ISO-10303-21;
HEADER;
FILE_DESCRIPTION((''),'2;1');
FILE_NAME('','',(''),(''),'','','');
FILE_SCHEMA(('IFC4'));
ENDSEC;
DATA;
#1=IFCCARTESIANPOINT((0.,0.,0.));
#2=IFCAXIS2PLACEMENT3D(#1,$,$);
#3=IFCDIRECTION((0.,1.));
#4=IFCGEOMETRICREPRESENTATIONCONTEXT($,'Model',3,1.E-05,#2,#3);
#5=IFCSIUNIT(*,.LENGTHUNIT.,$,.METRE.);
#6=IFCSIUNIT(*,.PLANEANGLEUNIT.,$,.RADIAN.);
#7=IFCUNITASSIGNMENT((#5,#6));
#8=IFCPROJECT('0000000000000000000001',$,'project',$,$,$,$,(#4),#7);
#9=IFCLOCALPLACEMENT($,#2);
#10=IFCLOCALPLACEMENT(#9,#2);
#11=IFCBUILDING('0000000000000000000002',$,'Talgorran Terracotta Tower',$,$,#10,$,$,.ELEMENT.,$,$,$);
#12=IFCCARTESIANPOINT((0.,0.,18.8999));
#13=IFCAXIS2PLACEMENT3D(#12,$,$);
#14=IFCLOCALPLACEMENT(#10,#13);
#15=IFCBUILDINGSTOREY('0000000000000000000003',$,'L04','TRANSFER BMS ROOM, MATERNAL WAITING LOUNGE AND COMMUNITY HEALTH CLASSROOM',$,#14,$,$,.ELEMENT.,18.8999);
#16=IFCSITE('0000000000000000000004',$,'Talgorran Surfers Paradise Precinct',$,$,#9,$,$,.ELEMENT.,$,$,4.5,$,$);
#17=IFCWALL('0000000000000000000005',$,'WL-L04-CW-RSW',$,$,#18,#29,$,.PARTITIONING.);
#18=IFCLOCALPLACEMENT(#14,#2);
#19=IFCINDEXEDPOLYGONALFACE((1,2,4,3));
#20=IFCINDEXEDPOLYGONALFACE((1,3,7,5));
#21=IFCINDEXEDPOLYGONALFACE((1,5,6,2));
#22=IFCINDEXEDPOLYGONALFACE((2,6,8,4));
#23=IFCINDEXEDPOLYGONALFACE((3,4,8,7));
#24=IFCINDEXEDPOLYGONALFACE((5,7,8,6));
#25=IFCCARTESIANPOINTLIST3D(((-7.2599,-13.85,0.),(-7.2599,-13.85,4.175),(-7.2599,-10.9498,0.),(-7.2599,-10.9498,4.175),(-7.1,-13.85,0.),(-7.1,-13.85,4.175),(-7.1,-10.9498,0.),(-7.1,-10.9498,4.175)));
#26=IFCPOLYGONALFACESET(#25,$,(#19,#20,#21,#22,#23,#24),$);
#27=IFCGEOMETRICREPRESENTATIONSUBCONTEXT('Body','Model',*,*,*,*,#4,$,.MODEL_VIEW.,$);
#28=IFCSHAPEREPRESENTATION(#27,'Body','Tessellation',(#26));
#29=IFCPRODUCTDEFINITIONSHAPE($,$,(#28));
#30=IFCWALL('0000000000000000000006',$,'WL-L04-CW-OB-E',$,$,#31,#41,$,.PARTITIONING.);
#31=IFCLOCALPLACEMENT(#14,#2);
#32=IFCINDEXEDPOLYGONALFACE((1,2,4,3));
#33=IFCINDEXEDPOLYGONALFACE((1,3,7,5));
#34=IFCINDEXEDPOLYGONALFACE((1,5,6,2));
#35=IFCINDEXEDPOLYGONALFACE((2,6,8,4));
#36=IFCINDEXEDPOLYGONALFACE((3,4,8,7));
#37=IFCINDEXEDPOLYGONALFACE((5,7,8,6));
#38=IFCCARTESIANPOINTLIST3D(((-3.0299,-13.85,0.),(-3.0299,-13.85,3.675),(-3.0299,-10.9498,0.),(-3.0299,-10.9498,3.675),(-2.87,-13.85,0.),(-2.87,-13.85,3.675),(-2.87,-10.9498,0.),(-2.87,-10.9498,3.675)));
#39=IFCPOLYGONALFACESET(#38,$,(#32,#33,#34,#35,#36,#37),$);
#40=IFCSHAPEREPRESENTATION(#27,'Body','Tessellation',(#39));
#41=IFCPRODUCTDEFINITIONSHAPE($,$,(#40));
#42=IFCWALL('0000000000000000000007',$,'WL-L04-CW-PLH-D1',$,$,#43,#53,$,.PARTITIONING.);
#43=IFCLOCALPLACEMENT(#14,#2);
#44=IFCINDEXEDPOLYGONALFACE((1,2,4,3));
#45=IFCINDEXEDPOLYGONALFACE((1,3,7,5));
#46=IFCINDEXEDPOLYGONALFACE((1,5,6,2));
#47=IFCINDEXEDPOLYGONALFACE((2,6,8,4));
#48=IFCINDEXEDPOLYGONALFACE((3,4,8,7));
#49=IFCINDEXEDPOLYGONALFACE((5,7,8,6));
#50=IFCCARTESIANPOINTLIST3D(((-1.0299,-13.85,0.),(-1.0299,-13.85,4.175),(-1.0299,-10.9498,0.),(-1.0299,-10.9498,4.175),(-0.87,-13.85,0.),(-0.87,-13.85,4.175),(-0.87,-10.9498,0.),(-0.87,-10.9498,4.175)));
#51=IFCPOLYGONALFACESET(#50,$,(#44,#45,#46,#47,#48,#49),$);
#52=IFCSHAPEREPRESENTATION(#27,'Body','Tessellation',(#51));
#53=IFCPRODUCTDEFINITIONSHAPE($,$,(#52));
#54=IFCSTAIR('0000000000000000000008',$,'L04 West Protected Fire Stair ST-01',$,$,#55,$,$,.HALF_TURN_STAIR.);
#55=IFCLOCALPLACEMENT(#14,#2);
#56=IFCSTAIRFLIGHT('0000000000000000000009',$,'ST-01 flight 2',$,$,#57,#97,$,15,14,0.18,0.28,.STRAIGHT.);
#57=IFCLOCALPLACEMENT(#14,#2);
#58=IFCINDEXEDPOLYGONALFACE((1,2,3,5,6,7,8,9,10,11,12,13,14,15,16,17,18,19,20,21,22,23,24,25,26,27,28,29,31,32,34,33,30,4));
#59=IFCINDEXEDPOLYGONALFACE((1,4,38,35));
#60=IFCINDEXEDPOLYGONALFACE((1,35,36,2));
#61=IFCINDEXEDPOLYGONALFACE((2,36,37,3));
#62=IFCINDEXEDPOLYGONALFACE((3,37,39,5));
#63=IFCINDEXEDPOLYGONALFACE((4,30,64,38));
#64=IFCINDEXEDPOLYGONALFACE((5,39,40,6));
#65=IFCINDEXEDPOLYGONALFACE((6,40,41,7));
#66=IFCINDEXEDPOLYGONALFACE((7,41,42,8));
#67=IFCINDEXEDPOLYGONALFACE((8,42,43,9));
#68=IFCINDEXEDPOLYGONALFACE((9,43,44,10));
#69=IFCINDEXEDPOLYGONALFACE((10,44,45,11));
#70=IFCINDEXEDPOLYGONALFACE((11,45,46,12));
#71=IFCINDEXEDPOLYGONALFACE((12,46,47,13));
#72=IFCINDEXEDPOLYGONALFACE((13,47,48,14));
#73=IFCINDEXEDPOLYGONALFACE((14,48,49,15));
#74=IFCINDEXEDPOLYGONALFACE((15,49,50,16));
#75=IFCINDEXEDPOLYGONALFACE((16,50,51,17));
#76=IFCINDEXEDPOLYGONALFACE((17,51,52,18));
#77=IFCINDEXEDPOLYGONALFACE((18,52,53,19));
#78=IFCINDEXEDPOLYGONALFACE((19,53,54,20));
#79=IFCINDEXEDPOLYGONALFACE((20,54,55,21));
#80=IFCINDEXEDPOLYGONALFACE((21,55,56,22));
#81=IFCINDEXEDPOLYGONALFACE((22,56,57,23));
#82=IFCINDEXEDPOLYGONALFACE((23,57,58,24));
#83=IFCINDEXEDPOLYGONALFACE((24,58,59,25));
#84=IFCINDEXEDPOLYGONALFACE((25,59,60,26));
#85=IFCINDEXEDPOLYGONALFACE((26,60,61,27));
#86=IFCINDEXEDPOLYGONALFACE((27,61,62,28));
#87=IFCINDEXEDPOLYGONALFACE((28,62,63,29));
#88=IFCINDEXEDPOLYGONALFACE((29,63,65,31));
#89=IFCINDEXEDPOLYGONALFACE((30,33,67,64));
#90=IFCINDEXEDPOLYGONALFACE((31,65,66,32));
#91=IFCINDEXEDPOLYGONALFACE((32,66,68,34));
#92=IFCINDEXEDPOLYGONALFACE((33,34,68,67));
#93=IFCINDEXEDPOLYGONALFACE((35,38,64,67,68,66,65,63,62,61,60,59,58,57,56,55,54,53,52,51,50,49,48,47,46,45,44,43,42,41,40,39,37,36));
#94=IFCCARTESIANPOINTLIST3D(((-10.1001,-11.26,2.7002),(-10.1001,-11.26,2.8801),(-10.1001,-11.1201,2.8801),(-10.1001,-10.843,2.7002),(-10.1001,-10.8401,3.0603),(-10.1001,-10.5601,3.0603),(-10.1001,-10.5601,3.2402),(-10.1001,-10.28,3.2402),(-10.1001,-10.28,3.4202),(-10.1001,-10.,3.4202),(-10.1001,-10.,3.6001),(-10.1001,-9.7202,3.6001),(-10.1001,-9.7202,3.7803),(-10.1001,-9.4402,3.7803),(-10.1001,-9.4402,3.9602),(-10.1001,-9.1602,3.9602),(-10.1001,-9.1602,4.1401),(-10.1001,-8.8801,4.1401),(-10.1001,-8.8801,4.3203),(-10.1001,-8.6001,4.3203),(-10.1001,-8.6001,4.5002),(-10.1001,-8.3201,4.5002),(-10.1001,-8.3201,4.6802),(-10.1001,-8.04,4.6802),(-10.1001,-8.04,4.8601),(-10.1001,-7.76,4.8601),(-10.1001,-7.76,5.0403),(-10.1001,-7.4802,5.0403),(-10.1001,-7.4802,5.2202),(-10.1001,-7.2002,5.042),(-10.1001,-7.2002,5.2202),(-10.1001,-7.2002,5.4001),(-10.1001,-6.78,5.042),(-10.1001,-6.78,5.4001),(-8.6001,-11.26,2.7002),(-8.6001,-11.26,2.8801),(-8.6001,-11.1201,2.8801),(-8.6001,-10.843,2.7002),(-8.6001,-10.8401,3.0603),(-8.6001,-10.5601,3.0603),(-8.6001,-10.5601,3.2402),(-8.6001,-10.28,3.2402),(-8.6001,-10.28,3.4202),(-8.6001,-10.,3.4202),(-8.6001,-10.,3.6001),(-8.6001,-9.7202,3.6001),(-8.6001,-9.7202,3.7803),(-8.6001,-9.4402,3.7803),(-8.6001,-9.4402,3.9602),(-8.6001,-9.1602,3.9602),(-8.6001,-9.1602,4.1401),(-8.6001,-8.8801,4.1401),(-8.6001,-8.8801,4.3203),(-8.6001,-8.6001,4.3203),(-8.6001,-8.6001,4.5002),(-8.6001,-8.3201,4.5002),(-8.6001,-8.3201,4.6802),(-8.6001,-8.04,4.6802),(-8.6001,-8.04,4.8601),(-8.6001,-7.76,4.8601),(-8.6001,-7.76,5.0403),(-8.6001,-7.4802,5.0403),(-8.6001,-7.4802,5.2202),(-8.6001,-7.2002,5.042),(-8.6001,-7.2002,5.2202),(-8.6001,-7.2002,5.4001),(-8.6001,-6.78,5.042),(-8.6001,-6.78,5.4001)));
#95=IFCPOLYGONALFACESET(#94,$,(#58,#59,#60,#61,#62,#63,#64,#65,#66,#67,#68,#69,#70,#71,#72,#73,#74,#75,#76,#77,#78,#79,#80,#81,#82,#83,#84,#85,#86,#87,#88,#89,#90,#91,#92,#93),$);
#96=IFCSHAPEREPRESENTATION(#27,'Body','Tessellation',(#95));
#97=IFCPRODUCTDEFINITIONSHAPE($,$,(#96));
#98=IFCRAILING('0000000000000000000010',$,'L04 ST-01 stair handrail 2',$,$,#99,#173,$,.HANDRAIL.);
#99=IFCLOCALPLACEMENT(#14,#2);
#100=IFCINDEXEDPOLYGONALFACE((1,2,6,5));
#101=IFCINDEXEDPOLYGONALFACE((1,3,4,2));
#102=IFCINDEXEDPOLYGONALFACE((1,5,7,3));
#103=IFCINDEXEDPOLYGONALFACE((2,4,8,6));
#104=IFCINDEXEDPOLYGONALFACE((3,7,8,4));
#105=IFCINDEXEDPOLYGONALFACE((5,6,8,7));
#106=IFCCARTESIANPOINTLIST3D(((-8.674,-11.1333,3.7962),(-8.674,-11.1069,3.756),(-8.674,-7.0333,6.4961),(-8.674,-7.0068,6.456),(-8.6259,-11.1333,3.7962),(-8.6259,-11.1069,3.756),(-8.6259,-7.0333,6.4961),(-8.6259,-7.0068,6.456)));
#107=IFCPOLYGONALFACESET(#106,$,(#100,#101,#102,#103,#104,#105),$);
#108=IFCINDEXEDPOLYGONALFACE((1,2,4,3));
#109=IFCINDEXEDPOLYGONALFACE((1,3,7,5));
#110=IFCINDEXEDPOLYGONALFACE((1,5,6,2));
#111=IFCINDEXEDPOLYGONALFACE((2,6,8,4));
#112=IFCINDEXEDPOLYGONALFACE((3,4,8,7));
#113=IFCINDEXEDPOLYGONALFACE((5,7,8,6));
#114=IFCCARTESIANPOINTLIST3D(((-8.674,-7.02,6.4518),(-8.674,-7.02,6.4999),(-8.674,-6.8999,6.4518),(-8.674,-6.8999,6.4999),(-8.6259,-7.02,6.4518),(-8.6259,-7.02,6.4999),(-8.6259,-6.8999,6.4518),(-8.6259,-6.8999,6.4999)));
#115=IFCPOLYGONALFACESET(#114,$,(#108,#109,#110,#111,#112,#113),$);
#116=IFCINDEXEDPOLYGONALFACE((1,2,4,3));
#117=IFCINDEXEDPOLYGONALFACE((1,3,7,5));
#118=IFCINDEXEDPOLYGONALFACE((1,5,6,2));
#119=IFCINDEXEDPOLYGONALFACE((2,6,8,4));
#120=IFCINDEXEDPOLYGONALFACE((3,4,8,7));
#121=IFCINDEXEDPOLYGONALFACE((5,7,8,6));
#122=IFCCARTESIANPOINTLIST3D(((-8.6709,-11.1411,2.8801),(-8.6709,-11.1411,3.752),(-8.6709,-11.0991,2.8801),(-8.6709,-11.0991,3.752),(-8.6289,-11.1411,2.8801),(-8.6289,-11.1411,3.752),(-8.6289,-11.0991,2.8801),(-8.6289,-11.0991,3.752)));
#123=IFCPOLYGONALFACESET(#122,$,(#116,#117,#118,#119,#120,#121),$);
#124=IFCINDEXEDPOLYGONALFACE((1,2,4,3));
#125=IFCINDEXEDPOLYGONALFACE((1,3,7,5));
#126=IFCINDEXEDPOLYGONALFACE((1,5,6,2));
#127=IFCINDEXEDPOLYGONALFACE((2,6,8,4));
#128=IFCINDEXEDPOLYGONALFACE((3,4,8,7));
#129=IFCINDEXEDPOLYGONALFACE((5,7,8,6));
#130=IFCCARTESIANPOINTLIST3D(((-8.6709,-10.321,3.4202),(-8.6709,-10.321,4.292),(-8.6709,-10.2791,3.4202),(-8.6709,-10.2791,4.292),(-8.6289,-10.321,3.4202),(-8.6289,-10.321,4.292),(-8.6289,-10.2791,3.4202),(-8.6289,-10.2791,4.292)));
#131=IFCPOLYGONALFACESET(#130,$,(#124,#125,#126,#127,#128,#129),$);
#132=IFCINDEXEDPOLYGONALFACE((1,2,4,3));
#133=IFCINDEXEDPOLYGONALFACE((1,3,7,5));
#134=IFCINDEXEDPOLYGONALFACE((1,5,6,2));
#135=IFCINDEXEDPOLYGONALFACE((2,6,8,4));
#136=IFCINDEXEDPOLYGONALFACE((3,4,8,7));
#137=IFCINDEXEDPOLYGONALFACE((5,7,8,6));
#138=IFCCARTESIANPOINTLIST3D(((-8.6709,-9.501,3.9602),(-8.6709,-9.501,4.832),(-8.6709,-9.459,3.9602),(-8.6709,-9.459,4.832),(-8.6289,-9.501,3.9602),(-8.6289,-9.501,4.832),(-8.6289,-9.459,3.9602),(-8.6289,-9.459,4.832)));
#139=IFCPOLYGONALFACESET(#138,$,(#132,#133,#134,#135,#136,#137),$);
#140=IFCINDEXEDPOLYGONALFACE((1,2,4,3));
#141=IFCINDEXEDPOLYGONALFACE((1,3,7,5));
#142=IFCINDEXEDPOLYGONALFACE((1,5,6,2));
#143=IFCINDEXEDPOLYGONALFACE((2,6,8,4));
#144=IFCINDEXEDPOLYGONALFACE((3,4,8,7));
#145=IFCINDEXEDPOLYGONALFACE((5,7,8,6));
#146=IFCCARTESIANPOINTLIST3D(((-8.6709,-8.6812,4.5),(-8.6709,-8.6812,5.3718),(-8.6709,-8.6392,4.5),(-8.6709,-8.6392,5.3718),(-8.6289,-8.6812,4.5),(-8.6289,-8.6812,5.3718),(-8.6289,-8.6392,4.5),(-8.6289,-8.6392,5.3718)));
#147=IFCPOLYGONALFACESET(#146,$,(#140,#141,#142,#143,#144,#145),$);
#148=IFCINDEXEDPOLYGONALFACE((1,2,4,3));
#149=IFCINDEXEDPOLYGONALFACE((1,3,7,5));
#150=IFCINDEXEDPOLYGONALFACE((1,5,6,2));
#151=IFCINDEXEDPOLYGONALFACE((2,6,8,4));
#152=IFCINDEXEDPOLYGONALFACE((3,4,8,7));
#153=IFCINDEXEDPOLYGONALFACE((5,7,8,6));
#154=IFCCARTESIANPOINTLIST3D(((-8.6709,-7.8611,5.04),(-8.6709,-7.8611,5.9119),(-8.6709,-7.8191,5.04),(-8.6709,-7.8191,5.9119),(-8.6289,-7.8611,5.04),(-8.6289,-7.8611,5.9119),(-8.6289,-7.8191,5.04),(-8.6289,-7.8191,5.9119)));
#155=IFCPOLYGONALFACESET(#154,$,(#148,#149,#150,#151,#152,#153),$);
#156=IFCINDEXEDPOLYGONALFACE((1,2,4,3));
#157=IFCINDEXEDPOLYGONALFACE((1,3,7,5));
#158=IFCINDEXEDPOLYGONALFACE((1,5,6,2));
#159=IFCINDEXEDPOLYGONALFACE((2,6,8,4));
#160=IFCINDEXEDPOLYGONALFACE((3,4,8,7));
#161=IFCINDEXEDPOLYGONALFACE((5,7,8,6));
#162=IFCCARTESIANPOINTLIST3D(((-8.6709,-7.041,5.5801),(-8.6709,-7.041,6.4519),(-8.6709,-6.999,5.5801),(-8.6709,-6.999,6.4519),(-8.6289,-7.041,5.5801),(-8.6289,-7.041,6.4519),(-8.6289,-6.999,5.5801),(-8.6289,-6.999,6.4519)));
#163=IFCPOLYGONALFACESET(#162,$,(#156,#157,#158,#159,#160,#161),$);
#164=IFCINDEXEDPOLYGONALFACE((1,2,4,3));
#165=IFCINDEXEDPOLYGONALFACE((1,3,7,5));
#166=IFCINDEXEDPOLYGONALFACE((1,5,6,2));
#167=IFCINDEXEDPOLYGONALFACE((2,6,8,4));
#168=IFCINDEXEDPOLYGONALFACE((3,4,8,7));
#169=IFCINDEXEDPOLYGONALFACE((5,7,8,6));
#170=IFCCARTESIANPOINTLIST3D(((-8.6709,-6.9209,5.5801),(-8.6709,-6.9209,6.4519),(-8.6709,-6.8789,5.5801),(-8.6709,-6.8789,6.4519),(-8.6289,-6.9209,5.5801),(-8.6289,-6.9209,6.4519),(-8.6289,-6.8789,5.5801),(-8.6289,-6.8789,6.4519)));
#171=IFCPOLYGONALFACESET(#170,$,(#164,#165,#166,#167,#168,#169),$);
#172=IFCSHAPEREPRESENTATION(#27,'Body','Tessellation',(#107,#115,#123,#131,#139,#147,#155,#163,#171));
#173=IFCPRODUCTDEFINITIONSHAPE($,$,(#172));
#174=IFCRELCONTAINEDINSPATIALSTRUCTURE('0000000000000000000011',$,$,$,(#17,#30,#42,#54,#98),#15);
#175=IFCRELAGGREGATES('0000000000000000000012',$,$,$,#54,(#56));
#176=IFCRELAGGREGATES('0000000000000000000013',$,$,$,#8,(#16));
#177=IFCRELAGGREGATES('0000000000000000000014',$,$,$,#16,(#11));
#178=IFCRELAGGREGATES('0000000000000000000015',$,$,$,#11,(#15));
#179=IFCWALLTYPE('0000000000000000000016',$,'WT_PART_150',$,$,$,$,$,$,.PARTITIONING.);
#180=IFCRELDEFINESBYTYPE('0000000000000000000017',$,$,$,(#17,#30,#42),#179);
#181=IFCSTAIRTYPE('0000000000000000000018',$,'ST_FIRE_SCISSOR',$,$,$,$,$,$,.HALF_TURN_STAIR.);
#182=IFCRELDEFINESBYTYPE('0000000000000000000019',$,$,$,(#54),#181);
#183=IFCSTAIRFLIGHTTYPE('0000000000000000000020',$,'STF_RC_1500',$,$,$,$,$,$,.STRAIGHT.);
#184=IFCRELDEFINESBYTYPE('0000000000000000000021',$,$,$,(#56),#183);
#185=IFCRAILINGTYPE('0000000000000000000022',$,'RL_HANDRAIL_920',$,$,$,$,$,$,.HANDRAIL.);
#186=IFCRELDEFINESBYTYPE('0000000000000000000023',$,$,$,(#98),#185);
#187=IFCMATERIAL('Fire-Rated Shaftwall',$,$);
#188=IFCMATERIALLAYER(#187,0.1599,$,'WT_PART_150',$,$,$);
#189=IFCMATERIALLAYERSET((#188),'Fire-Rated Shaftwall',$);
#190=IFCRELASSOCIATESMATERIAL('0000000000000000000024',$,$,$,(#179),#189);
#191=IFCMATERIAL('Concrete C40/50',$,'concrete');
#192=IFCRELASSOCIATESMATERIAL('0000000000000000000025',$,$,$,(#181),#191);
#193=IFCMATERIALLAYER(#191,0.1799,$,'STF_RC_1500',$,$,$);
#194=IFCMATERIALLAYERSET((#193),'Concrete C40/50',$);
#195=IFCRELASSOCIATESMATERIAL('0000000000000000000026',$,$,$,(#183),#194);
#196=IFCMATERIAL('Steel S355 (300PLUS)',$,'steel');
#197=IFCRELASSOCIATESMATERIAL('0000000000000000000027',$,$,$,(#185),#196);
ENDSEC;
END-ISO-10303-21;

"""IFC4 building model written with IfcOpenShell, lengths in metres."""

from ifc_helpers import new_model, si_unit, direction, frame, frame_2d, origin, origin_2d, place, context, subcontext, project, spatial, polyline, rectangle, outline, extrude, material, layer, layer_set, type_object, element, aggregate, save


model = new_model("IFC4")

# Units and contexts
model_context = context("Model", 3, precision=1e-05, world=origin(), true_north=direction((0.0, 1.0)))
body_context = subcontext(model_context, "Body", "Model", "MODEL_VIEW")
ifc_project = project(units=[si_unit("LENGTHUNIT", "METRE"), si_unit("PLANEANGLEUNIT", "RADIAN")], contexts=[model_context])

# Site, building, storey
site_placement = place(None, origin())
site = spatial("IfcSite", under=ifc_project, at=site_placement, Name="Talgorran Surfers Paradise Precinct", CompositionType="ELEMENT", RefElevation=4.5)
building_placement = place(site_placement, origin())
building = spatial("IfcBuilding", under=site, at=building_placement, Name="Talgorran Terracotta Tower", CompositionType="ELEMENT")
storey_placement = place(building_placement, frame((0.0, 0.0, 18.8999)))
storey = spatial("IfcBuildingStorey", under=building, at=storey_placement, Name="L04", Description="TRANSFER BMS ROOM, MATERNAL WAITING LOUNGE AND COMMUNITY HEALTH CLASSROOM", CompositionType="ELEMENT", Elevation=18.8999)

# Walls
ifc_material_1 = material(Name="Fire-Rated Shaftwall")
ifc_layer_1 = layer(ifc_material_1, 0.1599, Name="WT_PART_150")
ifc_layer_set_1 = layer_set([ifc_layer_1], Name="Fire-Rated Shaftwall")
wall_type_1 = type_object("IfcWallType", Name="WT_PART_150", PredefinedType="PARTITIONING", material=ifc_layer_set_1)
wall_1_placement = place(storey_placement, frame((-7.1799, -13.8501, 0.0), z_axis=(0.0, 0.0, 1.0), x_axis=(0.0, 1.0, 0.0)))
element("IfcWall", 1, at=wall_1_placement, inside=storey, type_object=wall_type_1, Name="WL-L04-CW-RSW", PredefinedType="PARTITIONING", context=body_context, shape_type="SweptSolid", body=[
    extrude(rectangle(XDim=2.9001, YDim=0.1599, at=frame_2d((1.4502, 0.0))), origin(), (0.0, 0.0, 1.0), 4.175),
])
wall_2_placement = place(storey_placement, frame((-2.95, -13.8501, 0.0), z_axis=(0.0, 0.0, 1.0), x_axis=(0.0, 1.0, 0.0)))
element("IfcWall", 2, at=wall_2_placement, inside=storey, type_object=wall_type_1, Name="WL-L04-CW-OB-E", PredefinedType="PARTITIONING", context=body_context, shape_type="SweptSolid", body=[
    extrude(rectangle(XDim=2.9001, YDim=0.1599, at=frame_2d((1.4502, 0.0))), origin(), (0.0, 0.0, 1.0), 3.675),
])
wall_3_placement = place(storey_placement, frame((-0.95, -13.8501, 0.0), z_axis=(0.0, 0.0, 1.0), x_axis=(0.0, 1.0, 0.0)))
element("IfcWall", 3, at=wall_3_placement, inside=storey, type_object=wall_type_1, Name="WL-L04-CW-PLH-D1", PredefinedType="PARTITIONING", context=body_context, shape_type="SweptSolid", body=[
    extrude(rectangle(XDim=2.9001, YDim=0.1599, at=frame_2d((1.4502, 0.0))), origin(), (0.0, 0.0, 1.0), 4.175),
])

# Stair, stair flight
ifc_material_2 = material(Name="Concrete C40/50", Category="concrete")
stair_type = type_object("IfcStairType", Name="ST_FIRE_SCISSOR", PredefinedType="HALF_TURN_STAIR", material=ifc_material_2)
stair_placement = place(storey_placement, origin())
stair = element("IfcStair", 4, at=stair_placement, inside=storey, type_object=stair_type, Name="L04 West Protected Fire Stair ST-01", PredefinedType="HALF_TURN_STAIR")
ifc_layer_2 = layer(ifc_material_2, 0.1799, Name="STF_RC_1500")
ifc_layer_set_2 = layer_set([ifc_layer_2], Name="Concrete C40/50")
stair_flight_type = type_object("IfcStairFlightType", Name="STF_RC_1500", PredefinedType="STRAIGHT", material=ifc_layer_set_2)
stair_flight_placement = place(storey_placement, frame((-9.3501, -11.1201, 2.7002), z_axis=(0.0, 0.0, 1.0), x_axis=(0.0, 1.0, 0.0)))
stair_flight = element("IfcStairFlight", 5, at=stair_flight_placement, type_object=stair_flight_type, Name="ST-01 flight 2", NumberOfRisers=15, NumberOfTreads=14, PredefinedType="STRAIGHT", RiserHeight=0.18, TreadLength=0.28, context=body_context, shape_type="SweptSolid", body=[
    extrude(outline(polyline([(-0.1399, 0.0), (-0.1399, 0.1799), (0.0, 0.1799), (0.28, 0.3601), (0.5601, 0.3601), (0.5601, 0.54), (0.8401, 0.54), (0.8401, 0.72), (1.1201, 0.72), (1.1201, 0.8999), (1.3999, 0.8999), (1.3999, 1.0801), (1.6799, 1.0801), (1.6799, 1.26), (1.96, 1.26), (1.96, 1.4399), (2.24, 1.4399), (2.24, 1.6201), (2.52, 1.6201), (2.52, 1.8), (2.8, 1.8), (2.8, 1.98), (3.0801, 1.98), (3.0801, 2.1599), (3.3601, 2.1599), (3.3601, 2.3401), (3.6399, 2.3401), (3.6399, 2.52), (3.9199, 2.52), (3.9199, 2.7), (4.3401, 2.7), (4.3401, 2.3418), (3.9199, 2.3418), (0.2771, 0.0), (-0.1399, 0.0)])), frame((0.0, 0.75, 0.0), z_axis=(0.0, -1.0, 0.0), x_axis=(1.0, 0.0, 0.0)), (0.0, 0.0, 1.0), 1.5),
])
aggregate(stair, [stair_flight])

# Railing
ifc_material_3 = material(Name="Steel S355 (300PLUS)", Category="steel")
railing_type = type_object("IfcRailingType", Name="RL_HANDRAIL_920", PredefinedType="HANDRAIL", material=ifc_material_3)
railing_placement = place(storey_placement, frame((-8.6499, -11.1201, 2.8801)))
element("IfcRailing", 6, at=railing_placement, inside=storey, type_object=railing_type, Name="L04 ST-01 stair handrail 2", PredefinedType="HANDRAIL", context=body_context, shape_type="SweptSolid", body=[
    extrude(rectangle(XDim=0.0481, YDim=0.0481, at=origin_2d()), frame((0.0, 0.0, 0.896), z_axis=(0.0, 0.835181, 0.549974), x_axis=(-1.0, 0.0, 0.0)), (0.0, 0.0, 1.0), 4.9092),
    extrude(rectangle(XDim=0.0481, YDim=0.0481, at=origin_2d()), frame((0.0, 4.1001, 3.5957), z_axis=(0.0, 1.0, 0.0), x_axis=(-1.0, 0.0, 0.0)), (0.0, 0.0, 1.0), 0.1201),
    extrude(rectangle(XDim=0.042, YDim=0.042, at=origin_2d()), origin(), (0.0, 0.0, 1.0), 0.8718),
    extrude(rectangle(XDim=0.042, YDim=0.042, at=origin_2d()), frame((0.0, 0.8201, 0.54)), (0.0, 0.0, 1.0), 0.8718),
    extrude(rectangle(XDim=0.042, YDim=0.042, at=origin_2d()), frame((0.0, 1.6401, 1.0801)), (0.0, 0.0, 1.0), 0.8718),
    extrude(rectangle(XDim=0.042, YDim=0.042, at=origin_2d()), frame((0.0, 2.46, 1.6199)), (0.0, 0.0, 1.0), 0.8718),
    extrude(rectangle(XDim=0.042, YDim=0.042, at=origin_2d()), frame((0.0, 3.28, 2.1599)), (0.0, 0.0, 1.0), 0.8718),
    extrude(rectangle(XDim=0.042, YDim=0.042, at=origin_2d()), frame((0.0, 4.1001, 2.7)), (0.0, 0.0, 1.0), 0.8718),
    extrude(rectangle(XDim=0.042, YDim=0.042, at=origin_2d()), frame((0.0, 4.2202, 2.7)), (0.0, 0.0, 1.0), 0.8718),
])

save(model, "model.ifc")
